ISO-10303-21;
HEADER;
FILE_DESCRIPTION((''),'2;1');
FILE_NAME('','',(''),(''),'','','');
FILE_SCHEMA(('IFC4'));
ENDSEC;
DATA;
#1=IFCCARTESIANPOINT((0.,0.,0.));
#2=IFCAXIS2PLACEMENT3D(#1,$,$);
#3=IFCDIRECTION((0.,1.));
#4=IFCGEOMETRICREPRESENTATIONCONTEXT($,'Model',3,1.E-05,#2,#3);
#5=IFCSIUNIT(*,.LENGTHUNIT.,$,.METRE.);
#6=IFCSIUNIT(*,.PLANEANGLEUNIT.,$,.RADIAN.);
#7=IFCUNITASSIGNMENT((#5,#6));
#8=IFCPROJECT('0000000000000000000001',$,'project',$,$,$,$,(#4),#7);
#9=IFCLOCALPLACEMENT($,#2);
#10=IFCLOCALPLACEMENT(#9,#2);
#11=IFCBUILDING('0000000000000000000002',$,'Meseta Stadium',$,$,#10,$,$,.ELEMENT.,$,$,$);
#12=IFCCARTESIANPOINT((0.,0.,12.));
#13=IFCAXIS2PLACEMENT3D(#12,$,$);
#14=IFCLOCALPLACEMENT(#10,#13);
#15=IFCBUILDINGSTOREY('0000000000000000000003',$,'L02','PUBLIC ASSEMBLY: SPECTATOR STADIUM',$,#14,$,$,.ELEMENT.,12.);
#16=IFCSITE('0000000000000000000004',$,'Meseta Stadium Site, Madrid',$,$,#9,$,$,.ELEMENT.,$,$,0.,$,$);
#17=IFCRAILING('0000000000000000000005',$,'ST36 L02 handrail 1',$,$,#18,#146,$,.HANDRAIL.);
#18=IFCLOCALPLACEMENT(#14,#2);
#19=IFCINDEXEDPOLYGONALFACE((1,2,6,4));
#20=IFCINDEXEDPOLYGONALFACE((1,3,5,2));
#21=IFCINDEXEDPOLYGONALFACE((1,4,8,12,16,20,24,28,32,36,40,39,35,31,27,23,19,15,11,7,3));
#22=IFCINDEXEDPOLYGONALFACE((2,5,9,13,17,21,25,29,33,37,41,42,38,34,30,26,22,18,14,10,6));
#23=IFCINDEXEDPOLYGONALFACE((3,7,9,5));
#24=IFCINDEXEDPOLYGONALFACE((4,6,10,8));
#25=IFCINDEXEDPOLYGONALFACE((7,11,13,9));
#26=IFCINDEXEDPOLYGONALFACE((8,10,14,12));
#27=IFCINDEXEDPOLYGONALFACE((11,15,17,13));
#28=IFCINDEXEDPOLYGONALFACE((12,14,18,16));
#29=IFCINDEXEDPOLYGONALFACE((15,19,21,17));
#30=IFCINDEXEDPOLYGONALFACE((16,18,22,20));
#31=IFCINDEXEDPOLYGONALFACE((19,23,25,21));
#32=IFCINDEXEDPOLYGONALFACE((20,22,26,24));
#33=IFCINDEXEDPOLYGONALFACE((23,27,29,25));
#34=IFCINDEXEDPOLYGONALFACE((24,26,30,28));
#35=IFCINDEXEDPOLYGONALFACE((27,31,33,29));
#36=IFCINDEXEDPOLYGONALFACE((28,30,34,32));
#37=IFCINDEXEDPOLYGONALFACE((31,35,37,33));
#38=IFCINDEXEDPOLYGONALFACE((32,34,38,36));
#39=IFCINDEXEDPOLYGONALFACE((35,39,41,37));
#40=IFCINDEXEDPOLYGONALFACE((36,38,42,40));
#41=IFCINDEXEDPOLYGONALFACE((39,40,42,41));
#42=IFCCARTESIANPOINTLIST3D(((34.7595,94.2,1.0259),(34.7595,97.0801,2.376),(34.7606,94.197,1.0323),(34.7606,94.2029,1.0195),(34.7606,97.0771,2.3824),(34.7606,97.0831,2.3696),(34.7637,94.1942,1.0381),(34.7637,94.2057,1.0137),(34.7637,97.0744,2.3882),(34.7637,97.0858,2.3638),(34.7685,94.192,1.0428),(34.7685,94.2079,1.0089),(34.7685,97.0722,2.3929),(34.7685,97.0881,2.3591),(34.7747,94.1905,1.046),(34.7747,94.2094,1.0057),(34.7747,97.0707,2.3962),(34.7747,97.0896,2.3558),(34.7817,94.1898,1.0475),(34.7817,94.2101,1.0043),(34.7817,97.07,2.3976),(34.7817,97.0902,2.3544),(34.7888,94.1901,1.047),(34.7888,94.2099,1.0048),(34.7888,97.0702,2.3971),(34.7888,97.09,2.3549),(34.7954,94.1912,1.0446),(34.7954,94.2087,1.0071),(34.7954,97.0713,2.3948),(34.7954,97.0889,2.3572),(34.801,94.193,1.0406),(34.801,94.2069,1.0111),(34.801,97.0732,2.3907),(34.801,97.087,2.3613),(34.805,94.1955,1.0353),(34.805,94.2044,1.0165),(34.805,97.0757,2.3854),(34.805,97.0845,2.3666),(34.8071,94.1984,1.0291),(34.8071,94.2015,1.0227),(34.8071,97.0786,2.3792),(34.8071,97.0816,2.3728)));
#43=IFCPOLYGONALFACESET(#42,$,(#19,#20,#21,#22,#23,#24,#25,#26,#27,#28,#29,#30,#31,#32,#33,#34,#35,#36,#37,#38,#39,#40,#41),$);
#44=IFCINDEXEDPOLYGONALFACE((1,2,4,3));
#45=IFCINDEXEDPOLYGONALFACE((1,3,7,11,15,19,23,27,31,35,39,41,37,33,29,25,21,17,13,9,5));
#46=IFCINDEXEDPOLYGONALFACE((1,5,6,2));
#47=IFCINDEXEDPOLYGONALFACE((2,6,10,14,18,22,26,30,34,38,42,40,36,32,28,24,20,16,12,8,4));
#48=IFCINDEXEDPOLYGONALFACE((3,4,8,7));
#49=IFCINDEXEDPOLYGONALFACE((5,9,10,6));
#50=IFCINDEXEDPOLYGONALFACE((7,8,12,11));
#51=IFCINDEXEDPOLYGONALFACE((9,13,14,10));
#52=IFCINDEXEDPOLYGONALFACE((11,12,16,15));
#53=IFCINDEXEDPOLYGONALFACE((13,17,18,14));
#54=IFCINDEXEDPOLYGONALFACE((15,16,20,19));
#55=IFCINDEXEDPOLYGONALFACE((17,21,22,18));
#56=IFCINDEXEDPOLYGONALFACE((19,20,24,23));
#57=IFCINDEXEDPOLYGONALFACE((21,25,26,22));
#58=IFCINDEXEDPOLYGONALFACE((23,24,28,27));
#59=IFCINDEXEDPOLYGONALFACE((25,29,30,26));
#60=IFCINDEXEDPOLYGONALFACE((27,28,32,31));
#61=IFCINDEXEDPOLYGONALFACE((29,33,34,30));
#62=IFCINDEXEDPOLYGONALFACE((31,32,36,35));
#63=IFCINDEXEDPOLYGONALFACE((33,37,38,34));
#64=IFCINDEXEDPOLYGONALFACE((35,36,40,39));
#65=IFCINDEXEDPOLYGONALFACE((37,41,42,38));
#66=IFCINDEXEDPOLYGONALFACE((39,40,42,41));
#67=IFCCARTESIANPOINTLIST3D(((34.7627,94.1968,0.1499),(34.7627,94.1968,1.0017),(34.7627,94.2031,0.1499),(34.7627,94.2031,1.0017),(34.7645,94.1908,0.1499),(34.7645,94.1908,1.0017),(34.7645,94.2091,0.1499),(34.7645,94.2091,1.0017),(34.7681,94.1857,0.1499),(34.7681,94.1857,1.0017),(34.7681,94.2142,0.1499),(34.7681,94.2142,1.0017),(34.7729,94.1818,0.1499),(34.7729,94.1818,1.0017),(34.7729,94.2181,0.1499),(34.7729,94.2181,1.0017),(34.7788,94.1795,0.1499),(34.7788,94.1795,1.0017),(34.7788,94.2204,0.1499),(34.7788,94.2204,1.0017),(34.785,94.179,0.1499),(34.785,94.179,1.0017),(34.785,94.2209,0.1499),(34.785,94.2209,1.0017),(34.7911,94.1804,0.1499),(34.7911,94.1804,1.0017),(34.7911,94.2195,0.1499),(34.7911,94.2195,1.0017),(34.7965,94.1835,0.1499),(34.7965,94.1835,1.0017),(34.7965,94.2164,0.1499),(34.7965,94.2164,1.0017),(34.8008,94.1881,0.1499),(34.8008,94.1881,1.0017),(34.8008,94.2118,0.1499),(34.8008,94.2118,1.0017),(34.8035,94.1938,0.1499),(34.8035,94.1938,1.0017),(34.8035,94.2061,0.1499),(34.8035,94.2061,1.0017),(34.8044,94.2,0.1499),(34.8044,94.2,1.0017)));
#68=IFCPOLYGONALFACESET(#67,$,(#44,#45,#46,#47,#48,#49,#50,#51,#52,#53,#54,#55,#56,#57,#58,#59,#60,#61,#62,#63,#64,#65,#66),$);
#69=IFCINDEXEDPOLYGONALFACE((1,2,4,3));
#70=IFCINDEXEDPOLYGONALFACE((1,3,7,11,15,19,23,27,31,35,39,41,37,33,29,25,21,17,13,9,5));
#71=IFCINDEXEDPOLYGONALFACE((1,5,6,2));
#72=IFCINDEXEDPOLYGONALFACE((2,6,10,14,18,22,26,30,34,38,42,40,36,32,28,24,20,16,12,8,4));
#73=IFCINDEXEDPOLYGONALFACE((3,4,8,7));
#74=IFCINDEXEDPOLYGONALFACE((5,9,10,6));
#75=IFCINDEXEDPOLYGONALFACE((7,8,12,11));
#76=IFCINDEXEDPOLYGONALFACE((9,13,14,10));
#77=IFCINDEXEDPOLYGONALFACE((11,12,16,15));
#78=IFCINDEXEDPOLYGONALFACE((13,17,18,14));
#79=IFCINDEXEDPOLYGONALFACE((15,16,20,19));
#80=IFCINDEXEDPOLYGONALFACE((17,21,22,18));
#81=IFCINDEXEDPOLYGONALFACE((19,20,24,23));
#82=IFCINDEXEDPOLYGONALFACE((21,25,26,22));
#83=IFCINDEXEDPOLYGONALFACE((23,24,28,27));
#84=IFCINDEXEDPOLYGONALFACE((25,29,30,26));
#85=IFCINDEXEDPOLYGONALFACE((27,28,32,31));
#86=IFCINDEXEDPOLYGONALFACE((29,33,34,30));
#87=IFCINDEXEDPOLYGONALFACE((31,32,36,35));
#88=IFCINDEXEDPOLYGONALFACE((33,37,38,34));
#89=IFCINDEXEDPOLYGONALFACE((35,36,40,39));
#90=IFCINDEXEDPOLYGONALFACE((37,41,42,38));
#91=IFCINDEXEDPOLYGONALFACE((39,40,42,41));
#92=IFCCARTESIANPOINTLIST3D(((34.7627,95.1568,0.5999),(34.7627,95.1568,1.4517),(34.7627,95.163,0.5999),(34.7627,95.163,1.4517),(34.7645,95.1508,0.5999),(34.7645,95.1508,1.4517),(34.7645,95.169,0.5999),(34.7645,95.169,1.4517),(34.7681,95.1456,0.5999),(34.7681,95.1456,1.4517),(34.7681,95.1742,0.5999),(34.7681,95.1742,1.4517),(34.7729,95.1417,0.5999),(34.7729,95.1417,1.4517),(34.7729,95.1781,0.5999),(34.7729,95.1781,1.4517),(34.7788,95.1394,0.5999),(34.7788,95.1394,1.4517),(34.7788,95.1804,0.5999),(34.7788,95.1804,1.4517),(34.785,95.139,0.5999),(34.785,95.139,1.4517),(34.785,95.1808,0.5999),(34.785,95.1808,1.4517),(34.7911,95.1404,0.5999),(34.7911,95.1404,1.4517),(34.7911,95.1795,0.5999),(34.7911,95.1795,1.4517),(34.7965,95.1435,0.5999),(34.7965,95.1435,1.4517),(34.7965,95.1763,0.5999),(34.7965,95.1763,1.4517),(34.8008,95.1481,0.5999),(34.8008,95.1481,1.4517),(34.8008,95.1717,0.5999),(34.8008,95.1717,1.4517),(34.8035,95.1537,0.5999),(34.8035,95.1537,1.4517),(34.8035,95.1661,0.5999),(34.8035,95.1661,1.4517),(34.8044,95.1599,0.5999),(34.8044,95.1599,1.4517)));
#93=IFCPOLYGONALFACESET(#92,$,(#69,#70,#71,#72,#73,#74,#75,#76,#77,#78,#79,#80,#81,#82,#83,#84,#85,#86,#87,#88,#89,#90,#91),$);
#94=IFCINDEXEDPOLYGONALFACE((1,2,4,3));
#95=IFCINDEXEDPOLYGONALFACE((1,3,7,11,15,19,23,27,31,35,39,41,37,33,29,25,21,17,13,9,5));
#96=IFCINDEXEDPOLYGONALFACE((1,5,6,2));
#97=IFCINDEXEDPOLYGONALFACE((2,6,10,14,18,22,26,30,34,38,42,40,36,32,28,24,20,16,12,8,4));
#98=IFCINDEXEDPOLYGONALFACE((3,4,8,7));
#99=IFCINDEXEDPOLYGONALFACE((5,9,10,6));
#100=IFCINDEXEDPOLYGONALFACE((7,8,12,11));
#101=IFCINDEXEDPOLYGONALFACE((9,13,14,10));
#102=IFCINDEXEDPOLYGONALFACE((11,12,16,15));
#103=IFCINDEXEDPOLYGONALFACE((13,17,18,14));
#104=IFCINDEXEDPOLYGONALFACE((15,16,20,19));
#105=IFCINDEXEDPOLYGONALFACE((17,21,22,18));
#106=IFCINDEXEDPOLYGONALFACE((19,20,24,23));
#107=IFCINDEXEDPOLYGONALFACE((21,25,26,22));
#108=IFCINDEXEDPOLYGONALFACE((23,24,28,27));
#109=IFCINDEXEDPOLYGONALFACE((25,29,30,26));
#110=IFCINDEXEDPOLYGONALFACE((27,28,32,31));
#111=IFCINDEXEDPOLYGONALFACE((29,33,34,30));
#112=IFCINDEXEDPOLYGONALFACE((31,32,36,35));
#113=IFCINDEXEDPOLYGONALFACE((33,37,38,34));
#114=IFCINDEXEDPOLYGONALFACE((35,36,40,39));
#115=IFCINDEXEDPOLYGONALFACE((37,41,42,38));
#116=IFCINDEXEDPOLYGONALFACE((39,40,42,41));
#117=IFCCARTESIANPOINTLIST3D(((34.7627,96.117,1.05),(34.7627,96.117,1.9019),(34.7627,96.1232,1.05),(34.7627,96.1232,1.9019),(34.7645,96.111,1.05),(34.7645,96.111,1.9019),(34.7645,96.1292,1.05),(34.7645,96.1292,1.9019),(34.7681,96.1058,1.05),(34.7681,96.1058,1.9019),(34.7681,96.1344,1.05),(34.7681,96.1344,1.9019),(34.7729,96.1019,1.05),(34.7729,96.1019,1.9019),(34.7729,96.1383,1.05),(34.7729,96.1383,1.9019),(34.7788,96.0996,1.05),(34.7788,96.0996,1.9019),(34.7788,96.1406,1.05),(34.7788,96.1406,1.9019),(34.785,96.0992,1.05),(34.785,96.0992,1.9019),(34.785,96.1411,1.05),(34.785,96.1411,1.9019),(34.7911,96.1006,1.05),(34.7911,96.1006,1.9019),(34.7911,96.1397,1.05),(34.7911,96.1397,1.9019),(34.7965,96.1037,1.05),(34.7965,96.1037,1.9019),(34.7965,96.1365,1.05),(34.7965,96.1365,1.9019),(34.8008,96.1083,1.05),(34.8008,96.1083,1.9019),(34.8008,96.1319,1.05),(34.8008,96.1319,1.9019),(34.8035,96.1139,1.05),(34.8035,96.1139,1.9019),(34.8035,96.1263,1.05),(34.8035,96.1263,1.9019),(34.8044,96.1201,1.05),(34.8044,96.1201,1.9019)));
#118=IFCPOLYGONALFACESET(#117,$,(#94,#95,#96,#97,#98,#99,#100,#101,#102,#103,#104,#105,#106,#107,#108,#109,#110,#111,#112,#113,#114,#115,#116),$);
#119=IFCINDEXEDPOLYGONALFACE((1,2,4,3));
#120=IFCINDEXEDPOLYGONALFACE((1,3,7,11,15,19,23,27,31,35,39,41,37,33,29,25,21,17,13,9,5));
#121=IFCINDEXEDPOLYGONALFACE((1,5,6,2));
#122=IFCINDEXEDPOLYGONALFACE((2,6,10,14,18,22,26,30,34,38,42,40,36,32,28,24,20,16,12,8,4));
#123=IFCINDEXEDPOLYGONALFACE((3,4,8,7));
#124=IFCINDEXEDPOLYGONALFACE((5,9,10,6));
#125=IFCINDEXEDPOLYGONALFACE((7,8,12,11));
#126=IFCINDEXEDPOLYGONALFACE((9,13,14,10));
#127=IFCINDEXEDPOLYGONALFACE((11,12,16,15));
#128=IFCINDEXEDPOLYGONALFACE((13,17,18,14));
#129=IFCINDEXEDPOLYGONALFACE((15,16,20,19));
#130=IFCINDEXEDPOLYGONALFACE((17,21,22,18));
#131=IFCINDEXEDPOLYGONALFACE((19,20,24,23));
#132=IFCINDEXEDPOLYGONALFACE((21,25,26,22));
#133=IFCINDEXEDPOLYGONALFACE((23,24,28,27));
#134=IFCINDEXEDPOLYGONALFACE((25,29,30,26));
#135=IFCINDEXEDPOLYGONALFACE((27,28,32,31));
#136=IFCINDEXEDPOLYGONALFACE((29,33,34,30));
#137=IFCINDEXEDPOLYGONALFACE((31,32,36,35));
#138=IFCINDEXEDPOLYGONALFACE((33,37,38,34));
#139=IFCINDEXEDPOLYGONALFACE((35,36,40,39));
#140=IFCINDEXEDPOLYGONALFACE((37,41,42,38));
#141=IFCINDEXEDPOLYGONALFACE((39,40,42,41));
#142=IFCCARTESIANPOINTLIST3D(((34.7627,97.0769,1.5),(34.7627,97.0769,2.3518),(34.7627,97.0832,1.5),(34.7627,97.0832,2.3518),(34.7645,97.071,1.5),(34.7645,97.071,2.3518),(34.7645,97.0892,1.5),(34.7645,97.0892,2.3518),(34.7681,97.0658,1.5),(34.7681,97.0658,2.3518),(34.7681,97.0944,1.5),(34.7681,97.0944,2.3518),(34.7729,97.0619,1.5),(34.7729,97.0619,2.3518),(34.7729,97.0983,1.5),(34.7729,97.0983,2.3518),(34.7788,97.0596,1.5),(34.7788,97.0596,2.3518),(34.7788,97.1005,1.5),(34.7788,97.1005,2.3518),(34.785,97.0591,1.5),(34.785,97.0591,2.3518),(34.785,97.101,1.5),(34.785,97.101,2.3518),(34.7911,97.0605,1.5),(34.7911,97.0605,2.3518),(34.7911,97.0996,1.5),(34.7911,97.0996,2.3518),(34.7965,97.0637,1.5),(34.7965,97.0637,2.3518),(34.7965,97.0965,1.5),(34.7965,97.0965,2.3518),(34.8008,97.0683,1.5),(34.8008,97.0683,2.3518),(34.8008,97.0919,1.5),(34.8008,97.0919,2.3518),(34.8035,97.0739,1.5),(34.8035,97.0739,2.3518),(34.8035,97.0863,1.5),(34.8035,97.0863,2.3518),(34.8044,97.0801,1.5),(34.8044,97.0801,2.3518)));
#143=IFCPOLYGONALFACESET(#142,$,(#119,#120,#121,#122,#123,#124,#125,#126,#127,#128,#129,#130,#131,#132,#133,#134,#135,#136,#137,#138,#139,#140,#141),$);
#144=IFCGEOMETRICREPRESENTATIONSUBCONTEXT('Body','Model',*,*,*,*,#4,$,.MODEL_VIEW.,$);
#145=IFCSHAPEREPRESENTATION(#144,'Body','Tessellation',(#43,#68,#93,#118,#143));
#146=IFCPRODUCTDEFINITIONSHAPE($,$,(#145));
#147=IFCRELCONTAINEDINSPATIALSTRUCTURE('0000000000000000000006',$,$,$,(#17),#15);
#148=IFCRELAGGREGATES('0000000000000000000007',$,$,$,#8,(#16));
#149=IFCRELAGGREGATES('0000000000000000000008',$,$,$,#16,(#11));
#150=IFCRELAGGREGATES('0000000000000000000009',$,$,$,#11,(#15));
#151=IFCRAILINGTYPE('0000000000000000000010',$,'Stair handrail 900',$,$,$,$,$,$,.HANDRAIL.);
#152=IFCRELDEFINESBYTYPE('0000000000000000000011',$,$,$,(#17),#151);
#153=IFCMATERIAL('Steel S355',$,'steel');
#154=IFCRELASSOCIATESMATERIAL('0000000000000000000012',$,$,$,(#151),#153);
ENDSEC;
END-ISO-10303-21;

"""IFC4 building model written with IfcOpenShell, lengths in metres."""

from ifc_helpers import new_model, si_unit, direction, frame, origin, origin_2d, place, context, subcontext, project, spatial, circle, extrude, material, type_object, element, save


model = new_model("IFC4")

# Units and contexts
model_context = context("Model", 3, precision=1e-05, world=origin(), true_north=direction((0.0, 1.0)))
body_context = subcontext(model_context, "Body", "Model", "MODEL_VIEW")
ifc_project = project(units=[si_unit("LENGTHUNIT", "METRE"), si_unit("PLANEANGLEUNIT", "RADIAN")], contexts=[model_context])

# Site, building, storey
site_placement = place(None, origin())
site = spatial("IfcSite", under=ifc_project, at=site_placement, Name="Meseta Stadium Site, Madrid", CompositionType="ELEMENT", RefElevation=0.0)
building_placement = place(site_placement, origin())
building = spatial("IfcBuilding", under=site, at=building_placement, Name="Meseta Stadium", CompositionType="ELEMENT")
storey_placement = place(building_placement, frame((0.0, 0.0, 12.0)))
storey = spatial("IfcBuildingStorey", under=building, at=storey_placement, Name="L02", Description="PUBLIC ASSEMBLY: SPECTATOR STADIUM", CompositionType="ELEMENT", Elevation=12.0)

# Railing
ifc_material_1 = material(Name="Steel S355", Category="steel")
railing_type_1 = type_object("IfcRailingType", Name="Stair handrail 900", PredefinedType="HANDRAIL", material=ifc_material_1)
railing_1_placement = place(storey_placement, frame((34.7834, 94.2, 0.1499)))
element("IfcRailing", 1, at=railing_1_placement, inside=storey, type_object=railing_type_1, Name="ST36 L02 handrail 1", PredefinedType="HANDRAIL", context=body_context, shape_type="SweptSolid", body=[
    extrude(circle(Radius=0.0239, at=origin_2d()), frame((0.0, 0.0, 0.876), z_axis=(0.0, 0.905454, 0.424444), x_axis=(-1.0, 0.0, 0.0)), (0.0, 0.0, 1.0), 3.1809),
    extrude(circle(Radius=0.021, at=origin_2d()), origin(), (0.0, 0.0, 1.0), 0.8518),
    extrude(circle(Radius=0.021, at=origin_2d()), frame((0.0, 0.96, 0.45)), (0.0, 0.0, 1.0), 0.8518),
    extrude(circle(Radius=0.021, at=origin_2d()), frame((0.0, 1.9202, 0.9001)), (0.0, 0.0, 1.0), 0.8518),
    extrude(circle(Radius=0.021, at=origin_2d()), frame((0.0, 2.8801, 1.3501)), (0.0, 0.0, 1.0), 0.8518),
])

save(model, "model.ifc")
